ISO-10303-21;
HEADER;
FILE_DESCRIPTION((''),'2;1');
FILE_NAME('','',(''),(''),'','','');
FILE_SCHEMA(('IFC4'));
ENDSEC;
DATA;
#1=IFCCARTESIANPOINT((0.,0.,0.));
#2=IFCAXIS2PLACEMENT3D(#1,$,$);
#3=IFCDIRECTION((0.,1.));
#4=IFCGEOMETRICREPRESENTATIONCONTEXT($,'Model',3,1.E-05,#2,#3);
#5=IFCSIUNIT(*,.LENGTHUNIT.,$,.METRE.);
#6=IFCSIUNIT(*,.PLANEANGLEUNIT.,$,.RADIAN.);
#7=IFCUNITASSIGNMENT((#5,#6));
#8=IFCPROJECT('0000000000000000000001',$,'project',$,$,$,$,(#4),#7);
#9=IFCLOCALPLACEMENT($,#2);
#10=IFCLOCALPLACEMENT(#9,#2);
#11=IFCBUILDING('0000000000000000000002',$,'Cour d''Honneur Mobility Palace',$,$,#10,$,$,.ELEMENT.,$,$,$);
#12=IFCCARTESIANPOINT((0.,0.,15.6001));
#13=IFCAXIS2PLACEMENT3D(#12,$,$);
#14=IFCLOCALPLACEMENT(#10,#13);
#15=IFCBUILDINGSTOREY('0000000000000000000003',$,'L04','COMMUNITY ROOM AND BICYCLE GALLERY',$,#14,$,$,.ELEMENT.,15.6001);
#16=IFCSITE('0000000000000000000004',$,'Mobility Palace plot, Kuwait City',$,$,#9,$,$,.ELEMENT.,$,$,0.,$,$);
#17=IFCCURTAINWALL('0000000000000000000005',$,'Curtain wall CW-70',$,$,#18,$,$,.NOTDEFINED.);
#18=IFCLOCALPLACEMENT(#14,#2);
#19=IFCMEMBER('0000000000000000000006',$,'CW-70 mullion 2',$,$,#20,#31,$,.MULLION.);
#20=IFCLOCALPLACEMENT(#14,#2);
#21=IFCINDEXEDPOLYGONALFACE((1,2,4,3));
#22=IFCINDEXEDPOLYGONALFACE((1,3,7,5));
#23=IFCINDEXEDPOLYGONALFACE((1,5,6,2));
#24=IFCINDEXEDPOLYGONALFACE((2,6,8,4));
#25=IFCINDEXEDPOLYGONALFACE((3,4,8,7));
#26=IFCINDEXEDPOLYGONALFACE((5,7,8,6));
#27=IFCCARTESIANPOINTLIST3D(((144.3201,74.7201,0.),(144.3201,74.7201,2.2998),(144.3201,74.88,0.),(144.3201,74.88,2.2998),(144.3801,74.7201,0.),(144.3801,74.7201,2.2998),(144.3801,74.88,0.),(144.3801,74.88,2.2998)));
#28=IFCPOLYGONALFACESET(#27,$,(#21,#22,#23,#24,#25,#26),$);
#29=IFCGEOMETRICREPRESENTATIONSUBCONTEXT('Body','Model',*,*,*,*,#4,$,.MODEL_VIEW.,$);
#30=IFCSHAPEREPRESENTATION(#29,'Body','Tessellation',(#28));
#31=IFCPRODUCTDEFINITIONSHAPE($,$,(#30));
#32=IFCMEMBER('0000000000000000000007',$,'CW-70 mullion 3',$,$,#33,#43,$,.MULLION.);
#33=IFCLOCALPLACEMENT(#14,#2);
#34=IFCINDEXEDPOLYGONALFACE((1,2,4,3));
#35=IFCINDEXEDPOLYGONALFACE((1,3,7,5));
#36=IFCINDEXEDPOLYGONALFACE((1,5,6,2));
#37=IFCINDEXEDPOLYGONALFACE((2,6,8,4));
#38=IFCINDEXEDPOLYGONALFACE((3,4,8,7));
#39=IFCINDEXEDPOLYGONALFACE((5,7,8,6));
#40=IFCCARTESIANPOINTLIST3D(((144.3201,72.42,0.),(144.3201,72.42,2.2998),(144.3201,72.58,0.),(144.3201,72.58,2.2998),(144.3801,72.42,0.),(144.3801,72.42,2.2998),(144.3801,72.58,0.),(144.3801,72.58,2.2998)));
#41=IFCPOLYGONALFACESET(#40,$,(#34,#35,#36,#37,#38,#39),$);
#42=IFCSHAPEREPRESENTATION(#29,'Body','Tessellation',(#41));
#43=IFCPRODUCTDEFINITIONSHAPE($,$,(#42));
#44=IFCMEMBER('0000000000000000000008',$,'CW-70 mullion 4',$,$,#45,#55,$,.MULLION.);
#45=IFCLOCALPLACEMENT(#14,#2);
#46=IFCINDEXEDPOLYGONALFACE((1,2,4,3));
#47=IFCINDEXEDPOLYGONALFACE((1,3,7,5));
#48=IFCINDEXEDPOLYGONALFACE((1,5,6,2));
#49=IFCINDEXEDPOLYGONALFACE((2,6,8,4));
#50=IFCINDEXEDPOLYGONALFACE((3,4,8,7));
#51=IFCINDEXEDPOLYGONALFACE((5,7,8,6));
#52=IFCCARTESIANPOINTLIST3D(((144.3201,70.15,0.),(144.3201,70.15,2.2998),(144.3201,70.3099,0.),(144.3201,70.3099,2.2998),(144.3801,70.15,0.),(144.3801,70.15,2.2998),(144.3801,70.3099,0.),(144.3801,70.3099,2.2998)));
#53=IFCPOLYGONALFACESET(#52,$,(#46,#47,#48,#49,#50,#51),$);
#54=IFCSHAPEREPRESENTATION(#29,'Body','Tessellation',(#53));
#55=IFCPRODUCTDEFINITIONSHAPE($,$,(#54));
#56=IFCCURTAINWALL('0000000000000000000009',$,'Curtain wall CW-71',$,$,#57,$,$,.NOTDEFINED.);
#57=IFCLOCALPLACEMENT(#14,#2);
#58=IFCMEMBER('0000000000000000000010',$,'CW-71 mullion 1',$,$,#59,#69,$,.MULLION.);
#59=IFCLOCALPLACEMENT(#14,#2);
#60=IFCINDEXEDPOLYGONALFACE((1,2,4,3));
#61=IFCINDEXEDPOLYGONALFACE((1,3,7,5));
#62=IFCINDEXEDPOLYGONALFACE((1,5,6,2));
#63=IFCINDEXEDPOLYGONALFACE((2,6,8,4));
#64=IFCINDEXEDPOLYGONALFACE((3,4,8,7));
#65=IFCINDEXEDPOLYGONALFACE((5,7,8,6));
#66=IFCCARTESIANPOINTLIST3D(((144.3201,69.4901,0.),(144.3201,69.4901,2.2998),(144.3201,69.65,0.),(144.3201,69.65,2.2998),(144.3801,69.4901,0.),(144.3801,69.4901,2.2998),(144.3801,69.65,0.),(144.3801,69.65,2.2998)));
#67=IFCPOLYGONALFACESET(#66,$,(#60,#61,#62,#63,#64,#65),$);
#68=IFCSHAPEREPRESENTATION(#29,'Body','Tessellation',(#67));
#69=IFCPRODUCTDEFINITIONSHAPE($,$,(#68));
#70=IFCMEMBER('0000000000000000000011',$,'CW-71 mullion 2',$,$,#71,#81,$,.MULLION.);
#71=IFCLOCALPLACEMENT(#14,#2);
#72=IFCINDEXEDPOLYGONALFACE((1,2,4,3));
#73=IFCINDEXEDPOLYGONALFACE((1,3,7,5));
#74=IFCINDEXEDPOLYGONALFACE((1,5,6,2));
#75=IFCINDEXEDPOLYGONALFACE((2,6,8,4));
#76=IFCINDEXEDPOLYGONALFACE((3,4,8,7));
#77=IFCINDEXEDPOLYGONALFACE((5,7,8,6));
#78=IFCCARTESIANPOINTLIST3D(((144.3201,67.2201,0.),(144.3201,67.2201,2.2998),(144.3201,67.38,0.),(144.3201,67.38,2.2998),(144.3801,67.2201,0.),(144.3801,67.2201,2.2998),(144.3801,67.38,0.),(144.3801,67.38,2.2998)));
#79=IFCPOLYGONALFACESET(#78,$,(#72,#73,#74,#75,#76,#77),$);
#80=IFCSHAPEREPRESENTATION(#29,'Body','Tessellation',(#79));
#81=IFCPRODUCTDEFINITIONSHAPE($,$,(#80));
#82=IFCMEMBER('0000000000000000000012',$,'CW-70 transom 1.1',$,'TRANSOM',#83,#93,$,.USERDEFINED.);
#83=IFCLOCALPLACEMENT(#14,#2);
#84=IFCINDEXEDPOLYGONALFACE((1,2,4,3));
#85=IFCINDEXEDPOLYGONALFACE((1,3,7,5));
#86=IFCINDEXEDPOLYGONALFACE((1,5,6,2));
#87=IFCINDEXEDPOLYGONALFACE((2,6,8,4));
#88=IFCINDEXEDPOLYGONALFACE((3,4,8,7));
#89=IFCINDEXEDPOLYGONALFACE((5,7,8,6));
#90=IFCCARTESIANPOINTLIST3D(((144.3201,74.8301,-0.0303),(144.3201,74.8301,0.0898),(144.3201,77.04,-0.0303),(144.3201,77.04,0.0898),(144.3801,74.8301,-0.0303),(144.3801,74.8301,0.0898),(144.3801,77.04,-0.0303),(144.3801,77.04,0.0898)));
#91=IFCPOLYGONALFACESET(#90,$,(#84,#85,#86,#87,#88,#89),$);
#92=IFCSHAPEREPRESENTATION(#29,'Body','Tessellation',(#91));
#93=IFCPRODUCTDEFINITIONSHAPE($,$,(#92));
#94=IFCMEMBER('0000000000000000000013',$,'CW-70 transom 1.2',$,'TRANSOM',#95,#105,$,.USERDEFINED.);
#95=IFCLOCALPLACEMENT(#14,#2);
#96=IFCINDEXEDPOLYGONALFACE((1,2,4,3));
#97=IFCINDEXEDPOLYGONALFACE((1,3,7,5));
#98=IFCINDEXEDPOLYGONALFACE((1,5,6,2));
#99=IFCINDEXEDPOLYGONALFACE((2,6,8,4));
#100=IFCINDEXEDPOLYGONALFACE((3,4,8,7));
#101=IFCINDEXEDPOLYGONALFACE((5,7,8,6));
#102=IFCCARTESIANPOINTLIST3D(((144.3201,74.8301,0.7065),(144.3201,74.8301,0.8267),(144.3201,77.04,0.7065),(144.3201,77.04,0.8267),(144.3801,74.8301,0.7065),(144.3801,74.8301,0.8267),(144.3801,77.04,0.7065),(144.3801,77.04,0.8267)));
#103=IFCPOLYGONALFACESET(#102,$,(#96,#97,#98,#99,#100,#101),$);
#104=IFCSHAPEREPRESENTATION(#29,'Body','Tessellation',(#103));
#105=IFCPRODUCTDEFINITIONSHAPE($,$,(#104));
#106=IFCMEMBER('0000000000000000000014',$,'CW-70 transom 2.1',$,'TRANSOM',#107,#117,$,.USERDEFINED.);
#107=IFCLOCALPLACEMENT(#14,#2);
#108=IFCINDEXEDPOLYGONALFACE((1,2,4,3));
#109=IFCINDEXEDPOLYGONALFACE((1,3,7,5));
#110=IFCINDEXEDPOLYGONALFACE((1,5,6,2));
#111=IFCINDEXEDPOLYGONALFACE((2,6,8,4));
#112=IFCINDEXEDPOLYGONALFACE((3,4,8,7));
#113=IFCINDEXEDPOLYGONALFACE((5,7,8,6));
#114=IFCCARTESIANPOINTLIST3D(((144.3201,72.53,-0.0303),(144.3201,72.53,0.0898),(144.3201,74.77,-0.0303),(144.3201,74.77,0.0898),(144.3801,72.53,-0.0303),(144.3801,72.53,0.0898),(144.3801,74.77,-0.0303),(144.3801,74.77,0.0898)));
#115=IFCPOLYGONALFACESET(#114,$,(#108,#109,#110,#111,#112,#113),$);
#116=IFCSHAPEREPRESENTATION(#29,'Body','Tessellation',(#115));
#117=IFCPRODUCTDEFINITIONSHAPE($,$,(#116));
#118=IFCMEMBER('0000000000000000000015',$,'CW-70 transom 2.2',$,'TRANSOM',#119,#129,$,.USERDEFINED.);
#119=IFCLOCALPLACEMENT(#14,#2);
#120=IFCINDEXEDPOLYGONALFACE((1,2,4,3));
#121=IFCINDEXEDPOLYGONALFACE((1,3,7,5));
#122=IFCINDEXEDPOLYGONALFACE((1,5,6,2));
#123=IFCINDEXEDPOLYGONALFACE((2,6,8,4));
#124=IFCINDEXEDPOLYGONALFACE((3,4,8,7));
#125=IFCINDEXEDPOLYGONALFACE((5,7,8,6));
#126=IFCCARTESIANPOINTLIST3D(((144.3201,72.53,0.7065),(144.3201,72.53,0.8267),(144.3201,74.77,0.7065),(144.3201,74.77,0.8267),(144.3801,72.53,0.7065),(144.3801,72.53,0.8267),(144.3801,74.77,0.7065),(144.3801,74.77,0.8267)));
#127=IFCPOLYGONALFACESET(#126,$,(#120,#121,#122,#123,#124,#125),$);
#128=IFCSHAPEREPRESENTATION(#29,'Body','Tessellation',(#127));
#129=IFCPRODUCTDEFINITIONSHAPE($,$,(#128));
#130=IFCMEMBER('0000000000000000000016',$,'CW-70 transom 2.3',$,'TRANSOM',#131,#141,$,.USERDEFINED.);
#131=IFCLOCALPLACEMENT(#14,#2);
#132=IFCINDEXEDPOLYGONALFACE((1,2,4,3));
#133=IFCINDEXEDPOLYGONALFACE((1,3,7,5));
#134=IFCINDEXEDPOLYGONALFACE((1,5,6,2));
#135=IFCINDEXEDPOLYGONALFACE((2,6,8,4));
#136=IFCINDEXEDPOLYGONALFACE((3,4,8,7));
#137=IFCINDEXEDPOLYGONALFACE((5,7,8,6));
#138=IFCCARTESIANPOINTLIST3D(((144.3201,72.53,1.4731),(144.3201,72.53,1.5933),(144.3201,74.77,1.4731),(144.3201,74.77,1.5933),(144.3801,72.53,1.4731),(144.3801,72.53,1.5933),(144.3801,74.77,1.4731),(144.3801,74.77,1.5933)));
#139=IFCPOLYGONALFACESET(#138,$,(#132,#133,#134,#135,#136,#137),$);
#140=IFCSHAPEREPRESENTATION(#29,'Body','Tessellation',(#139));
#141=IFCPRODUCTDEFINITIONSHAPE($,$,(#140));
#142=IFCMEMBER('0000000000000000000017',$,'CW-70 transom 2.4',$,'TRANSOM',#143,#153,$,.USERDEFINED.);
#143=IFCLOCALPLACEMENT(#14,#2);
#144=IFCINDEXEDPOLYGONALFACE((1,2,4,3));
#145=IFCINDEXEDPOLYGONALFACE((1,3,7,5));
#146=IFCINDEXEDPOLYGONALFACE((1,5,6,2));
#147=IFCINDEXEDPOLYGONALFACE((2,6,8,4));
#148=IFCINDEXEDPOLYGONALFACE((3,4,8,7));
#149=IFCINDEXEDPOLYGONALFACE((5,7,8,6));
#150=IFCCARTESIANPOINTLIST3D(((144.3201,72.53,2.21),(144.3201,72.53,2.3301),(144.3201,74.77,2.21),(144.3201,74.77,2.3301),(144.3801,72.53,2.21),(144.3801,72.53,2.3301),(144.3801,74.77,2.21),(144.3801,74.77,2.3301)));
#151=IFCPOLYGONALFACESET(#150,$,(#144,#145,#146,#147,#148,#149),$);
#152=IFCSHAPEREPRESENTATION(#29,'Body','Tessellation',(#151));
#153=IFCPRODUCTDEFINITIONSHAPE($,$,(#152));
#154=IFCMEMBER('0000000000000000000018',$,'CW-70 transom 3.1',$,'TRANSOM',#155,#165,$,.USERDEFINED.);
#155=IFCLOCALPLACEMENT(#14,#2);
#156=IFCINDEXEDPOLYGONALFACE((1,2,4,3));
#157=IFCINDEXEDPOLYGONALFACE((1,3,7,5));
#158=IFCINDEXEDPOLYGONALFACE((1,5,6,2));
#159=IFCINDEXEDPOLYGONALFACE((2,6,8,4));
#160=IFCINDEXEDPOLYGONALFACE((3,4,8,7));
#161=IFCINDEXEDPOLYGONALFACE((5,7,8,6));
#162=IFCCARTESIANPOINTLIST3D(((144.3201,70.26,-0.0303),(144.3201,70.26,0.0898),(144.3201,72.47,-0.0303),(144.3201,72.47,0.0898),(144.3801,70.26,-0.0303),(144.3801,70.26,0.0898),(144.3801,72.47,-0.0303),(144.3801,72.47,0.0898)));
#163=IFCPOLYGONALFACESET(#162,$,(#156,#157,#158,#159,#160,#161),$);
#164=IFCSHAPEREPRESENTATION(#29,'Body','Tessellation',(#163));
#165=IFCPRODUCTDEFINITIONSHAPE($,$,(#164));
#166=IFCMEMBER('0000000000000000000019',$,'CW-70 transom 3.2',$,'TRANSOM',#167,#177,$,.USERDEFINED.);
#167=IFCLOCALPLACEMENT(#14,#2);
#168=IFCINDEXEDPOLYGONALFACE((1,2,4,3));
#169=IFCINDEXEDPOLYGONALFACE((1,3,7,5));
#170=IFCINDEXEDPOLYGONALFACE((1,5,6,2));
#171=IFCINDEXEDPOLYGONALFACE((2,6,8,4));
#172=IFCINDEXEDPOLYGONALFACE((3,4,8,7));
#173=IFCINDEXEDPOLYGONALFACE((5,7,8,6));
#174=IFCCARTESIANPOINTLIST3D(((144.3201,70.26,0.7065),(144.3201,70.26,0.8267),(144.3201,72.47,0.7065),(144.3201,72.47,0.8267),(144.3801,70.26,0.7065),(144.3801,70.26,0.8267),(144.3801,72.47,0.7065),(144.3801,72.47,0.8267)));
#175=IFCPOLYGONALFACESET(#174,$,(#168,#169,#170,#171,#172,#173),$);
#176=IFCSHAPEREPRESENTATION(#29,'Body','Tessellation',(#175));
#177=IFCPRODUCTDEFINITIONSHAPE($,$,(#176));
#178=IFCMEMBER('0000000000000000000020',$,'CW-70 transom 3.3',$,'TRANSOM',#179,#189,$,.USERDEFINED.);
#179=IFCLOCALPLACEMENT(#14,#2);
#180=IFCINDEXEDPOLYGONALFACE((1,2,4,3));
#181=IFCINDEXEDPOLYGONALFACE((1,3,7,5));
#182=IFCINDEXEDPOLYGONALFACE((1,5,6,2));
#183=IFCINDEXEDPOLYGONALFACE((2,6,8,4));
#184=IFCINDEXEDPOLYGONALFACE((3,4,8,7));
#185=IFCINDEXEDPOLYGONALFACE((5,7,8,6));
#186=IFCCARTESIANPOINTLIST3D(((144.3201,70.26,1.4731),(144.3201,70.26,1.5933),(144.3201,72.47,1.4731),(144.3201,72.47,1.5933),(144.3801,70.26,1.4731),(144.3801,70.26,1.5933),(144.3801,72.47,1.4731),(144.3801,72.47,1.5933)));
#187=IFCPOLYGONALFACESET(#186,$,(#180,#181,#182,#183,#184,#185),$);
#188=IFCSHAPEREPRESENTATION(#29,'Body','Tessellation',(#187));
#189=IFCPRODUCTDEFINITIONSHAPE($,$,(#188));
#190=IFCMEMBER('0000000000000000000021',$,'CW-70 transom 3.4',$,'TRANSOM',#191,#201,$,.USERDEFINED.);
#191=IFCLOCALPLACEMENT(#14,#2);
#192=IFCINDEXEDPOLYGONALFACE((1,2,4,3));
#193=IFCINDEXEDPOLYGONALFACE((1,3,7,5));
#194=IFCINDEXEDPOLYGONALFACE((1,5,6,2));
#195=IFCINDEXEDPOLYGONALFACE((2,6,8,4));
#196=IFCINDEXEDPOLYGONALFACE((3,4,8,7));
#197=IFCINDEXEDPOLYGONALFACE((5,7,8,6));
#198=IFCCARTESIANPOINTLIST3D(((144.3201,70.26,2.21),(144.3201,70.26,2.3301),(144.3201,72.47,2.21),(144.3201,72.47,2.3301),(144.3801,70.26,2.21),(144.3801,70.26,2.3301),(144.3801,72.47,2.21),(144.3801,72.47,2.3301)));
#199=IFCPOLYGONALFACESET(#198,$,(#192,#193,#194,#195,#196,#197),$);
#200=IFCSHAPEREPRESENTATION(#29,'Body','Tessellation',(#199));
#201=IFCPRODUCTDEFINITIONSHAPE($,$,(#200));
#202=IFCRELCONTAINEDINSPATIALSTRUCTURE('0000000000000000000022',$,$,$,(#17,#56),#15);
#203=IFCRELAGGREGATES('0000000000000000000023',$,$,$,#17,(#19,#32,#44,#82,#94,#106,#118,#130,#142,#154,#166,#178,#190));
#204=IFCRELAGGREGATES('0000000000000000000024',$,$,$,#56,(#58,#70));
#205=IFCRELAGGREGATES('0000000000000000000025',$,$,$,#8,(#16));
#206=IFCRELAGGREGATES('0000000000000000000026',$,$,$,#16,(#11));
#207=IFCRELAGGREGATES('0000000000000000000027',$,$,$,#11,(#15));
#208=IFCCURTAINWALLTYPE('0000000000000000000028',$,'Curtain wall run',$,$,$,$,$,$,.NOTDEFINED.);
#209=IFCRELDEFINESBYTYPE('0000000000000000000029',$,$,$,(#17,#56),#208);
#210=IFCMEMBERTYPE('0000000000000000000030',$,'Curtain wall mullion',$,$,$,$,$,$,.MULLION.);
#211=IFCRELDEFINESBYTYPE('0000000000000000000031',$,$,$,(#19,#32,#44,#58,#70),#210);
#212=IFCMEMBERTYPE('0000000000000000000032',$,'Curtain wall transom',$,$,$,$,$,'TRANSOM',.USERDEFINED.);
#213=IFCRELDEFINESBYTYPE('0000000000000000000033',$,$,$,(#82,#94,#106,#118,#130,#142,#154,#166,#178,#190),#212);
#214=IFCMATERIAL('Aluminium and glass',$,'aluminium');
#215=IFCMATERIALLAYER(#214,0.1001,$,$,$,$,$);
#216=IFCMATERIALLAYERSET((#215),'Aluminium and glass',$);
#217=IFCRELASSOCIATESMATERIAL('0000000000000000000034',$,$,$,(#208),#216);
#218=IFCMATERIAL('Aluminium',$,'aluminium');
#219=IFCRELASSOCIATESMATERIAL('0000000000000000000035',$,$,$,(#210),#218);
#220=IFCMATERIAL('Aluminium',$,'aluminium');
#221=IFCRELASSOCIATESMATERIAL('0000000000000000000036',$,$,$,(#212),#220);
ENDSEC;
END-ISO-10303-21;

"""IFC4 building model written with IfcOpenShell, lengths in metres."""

from ifc_helpers import new_model, si_unit, direction, frame, origin, origin_2d, place, context, subcontext, project, spatial, rectangle, extrude, material, layer, layer_set, material_profile, profile_set, type_object, element, aggregate, save


model = new_model("IFC4")

# Units and contexts
model_context = context("Model", 3, precision=1e-05, world=origin(), true_north=direction((0.0, 1.0)))
body_context = subcontext(model_context, "Body", "Model", "MODEL_VIEW")
ifc_project = project(units=[si_unit("LENGTHUNIT", "METRE"), si_unit("PLANEANGLEUNIT", "RADIAN")], contexts=[model_context])

# Site, building, storey
site_placement = place(None, origin())
site = spatial("IfcSite", under=ifc_project, at=site_placement, Name="Mobility Palace plot, Kuwait City", CompositionType="ELEMENT", RefElevation=0.0)
building_placement = place(site_placement, origin())
building = spatial("IfcBuilding", under=site, at=building_placement, Name="Cour d'Honneur Mobility Palace", CompositionType="ELEMENT")
storey_placement = place(building_placement, frame((0.0, 0.0, 15.6001)))
storey = spatial("IfcBuildingStorey", under=building, at=storey_placement, Name="L04", Description="COMMUNITY ROOM AND BICYCLE GALLERY", CompositionType="ELEMENT", Elevation=15.6001)

# Curtain walls, members
ifc_material_1 = material(Name="Aluminium and glass", Category="aluminium")
ifc_layer_1 = layer(ifc_material_1, 0.1001)
ifc_layer_set_1 = layer_set([ifc_layer_1], Name="Aluminium and glass")
curtain_wall_type = type_object("IfcCurtainWallType", Name="Curtain wall run", PredefinedType="NOTDEFINED", material=ifc_layer_set_1)
curtain_wall_1_placement = place(storey_placement, origin())
curtain_wall_1 = element("IfcCurtainWall", 1, at=curtain_wall_1_placement, inside=storey, type_object=curtain_wall_type, Name="Curtain wall CW-70", PredefinedType="NOTDEFINED")
ifc_material_2 = material(Name="Aluminium", Category="aluminium")
ifc_material_profile_1 = material_profile(ifc_material_2, rectangle(XDim=0.0601, YDim=0.1599, at=origin_2d()), Name="Curtain wall mullion")
ifc_profile_set_1 = profile_set([ifc_material_profile_1], Name="Aluminium")
member_type_1 = type_object("IfcMemberType", Name="Curtain wall mullion", PredefinedType="MULLION", material=ifc_profile_set_1)
member_1_placement = place(storey_placement, frame((144.3501, 74.8, 0.0), z_axis=(0.0, 0.0, 1.0), x_axis=(1.0, 0.0, 0.0)))
member_1 = element("IfcMember", 2, at=member_1_placement, type_object=member_type_1, Name="CW-70 mullion 2", PredefinedType="MULLION", context=body_context, shape_type="SweptSolid", body=[
    extrude(rectangle(XDim=0.0601, YDim=0.1599, at=origin_2d()), origin(), (0.0, 0.0, 1.0), 2.2998),
])
member_2_placement = place(storey_placement, frame((144.3501, 72.5, 0.0), z_axis=(0.0, 0.0, 1.0), x_axis=(1.0, 0.0, 0.0)))
member_2 = element("IfcMember", 3, at=member_2_placement, type_object=member_type_1, Name="CW-70 mullion 3", PredefinedType="MULLION", context=body_context, shape_type="SweptSolid", body=[
    extrude(rectangle(XDim=0.0601, YDim=0.1599, at=origin_2d()), origin(), (0.0, 0.0, 1.0), 2.2998),
])
member_3_placement = place(storey_placement, frame((144.3501, 70.23, 0.0), z_axis=(0.0, 0.0, 1.0), x_axis=(1.0, 0.0, 0.0)))
member_3 = element("IfcMember", 4, at=member_3_placement, type_object=member_type_1, Name="CW-70 mullion 4", PredefinedType="MULLION", context=body_context, shape_type="SweptSolid", body=[
    extrude(rectangle(XDim=0.0601, YDim=0.1599, at=origin_2d()), origin(), (0.0, 0.0, 1.0), 2.2998),
])
curtain_wall_2_placement = place(storey_placement, origin())
curtain_wall_2 = element("IfcCurtainWall", 5, at=curtain_wall_2_placement, inside=storey, type_object=curtain_wall_type, Name="Curtain wall CW-71", PredefinedType="NOTDEFINED")
member_4_placement = place(storey_placement, frame((144.3501, 69.5701, 0.0), z_axis=(0.0, 0.0, 1.0), x_axis=(1.0, 0.0, 0.0)))
member_4 = element("IfcMember", 6, at=member_4_placement, type_object=member_type_1, Name="CW-71 mullion 1", PredefinedType="MULLION", context=body_context, shape_type="SweptSolid", body=[
    extrude(rectangle(XDim=0.0601, YDim=0.1599, at=origin_2d()), origin(), (0.0, 0.0, 1.0), 2.2998),
])
member_5_placement = place(storey_placement, frame((144.3501, 67.3, 0.0), z_axis=(0.0, 0.0, 1.0), x_axis=(1.0, 0.0, 0.0)))
member_5 = element("IfcMember", 7, at=member_5_placement, type_object=member_type_1, Name="CW-71 mullion 2", PredefinedType="MULLION", context=body_context, shape_type="SweptSolid", body=[
    extrude(rectangle(XDim=0.0601, YDim=0.1599, at=origin_2d()), origin(), (0.0, 0.0, 1.0), 2.2998),
])

# Members
ifc_material_3 = material(Name="Aluminium", Category="aluminium")
ifc_material_profile_2 = material_profile(ifc_material_3, rectangle(XDim=0.0601, YDim=0.1201, at=origin_2d()), Name="Curtain wall transom")
ifc_profile_set_2 = profile_set([ifc_material_profile_2], Name="Aluminium")
member_type_2 = type_object("IfcMemberType", Name="Curtain wall transom", ElementType="TRANSOM", PredefinedType="USERDEFINED", material=ifc_profile_set_2)
member_6_placement = place(storey_placement, frame((144.3501, 77.04, 0.0298), z_axis=(0.0, -1.0, 0.0), x_axis=(1.0, 0.0, 0.0)))
member_6 = element("IfcMember", 8, at=member_6_placement, type_object=member_type_2, Name="CW-70 transom 1.1", ObjectType="TRANSOM", PredefinedType="USERDEFINED", context=body_context, shape_type="SweptSolid", body=[
    extrude(rectangle(XDim=0.0601, YDim=0.1201, at=origin_2d()), origin(), (0.0, 0.0, 1.0), 2.21),
])
member_7_placement = place(storey_placement, frame((144.3501, 77.04, 0.7666), z_axis=(0.0, -1.0, 0.0), x_axis=(1.0, 0.0, 0.0)))
member_7 = element("IfcMember", 9, at=member_7_placement, type_object=member_type_2, Name="CW-70 transom 1.2", ObjectType="TRANSOM", PredefinedType="USERDEFINED", context=body_context, shape_type="SweptSolid", body=[
    extrude(rectangle(XDim=0.0601, YDim=0.1201, at=origin_2d()), origin(), (0.0, 0.0, 1.0), 2.21),
])
member_8_placement = place(storey_placement, frame((144.3501, 74.77, 0.0298), z_axis=(0.0, -1.0, 0.0), x_axis=(1.0, 0.0, 0.0)))
member_8 = element("IfcMember", 10, at=member_8_placement, type_object=member_type_2, Name="CW-70 transom 2.1", ObjectType="TRANSOM", PredefinedType="USERDEFINED", context=body_context, shape_type="SweptSolid", body=[
    extrude(rectangle(XDim=0.0601, YDim=0.1201, at=origin_2d()), origin(), (0.0, 0.0, 1.0), 2.24),
])
member_9_placement = place(storey_placement, frame((144.3501, 74.77, 0.7666), z_axis=(0.0, -1.0, 0.0), x_axis=(1.0, 0.0, 0.0)))
member_9 = element("IfcMember", 11, at=member_9_placement, type_object=member_type_2, Name="CW-70 transom 2.2", ObjectType="TRANSOM", PredefinedType="USERDEFINED", context=body_context, shape_type="SweptSolid", body=[
    extrude(rectangle(XDim=0.0601, YDim=0.1201, at=origin_2d()), origin(), (0.0, 0.0, 1.0), 2.24),
])
member_10_placement = place(storey_placement, frame((144.3501, 74.77, 1.5332), z_axis=(0.0, -1.0, 0.0), x_axis=(1.0, 0.0, 0.0)))
member_10 = element("IfcMember", 12, at=member_10_placement, type_object=member_type_2, Name="CW-70 transom 2.3", ObjectType="TRANSOM", PredefinedType="USERDEFINED", context=body_context, shape_type="SweptSolid", body=[
    extrude(rectangle(XDim=0.0601, YDim=0.1201, at=origin_2d()), origin(), (0.0, 0.0, 1.0), 2.24),
])
member_11_placement = place(storey_placement, frame((144.3501, 74.77, 2.27), z_axis=(0.0, -1.0, 0.0), x_axis=(1.0, 0.0, 0.0)))
member_11 = element("IfcMember", 13, at=member_11_placement, type_object=member_type_2, Name="CW-70 transom 2.4", ObjectType="TRANSOM", PredefinedType="USERDEFINED", context=body_context, shape_type="SweptSolid", body=[
    extrude(rectangle(XDim=0.0601, YDim=0.1201, at=origin_2d()), origin(), (0.0, 0.0, 1.0), 2.24),
])
member_12_placement = place(storey_placement, frame((144.3501, 72.47, 0.0298), z_axis=(0.0, -1.0, 0.0), x_axis=(1.0, 0.0, 0.0)))
member_12 = element("IfcMember", 14, at=member_12_placement, type_object=member_type_2, Name="CW-70 transom 3.1", ObjectType="TRANSOM", PredefinedType="USERDEFINED", context=body_context, shape_type="SweptSolid", body=[
    extrude(rectangle(XDim=0.0601, YDim=0.1201, at=origin_2d()), origin(), (0.0, 0.0, 1.0), 2.21),
])
member_13_placement = place(storey_placement, frame((144.3501, 72.47, 0.7666), z_axis=(0.0, -1.0, 0.0), x_axis=(1.0, 0.0, 0.0)))
member_13 = element("IfcMember", 15, at=member_13_placement, type_object=member_type_2, Name="CW-70 transom 3.2", ObjectType="TRANSOM", PredefinedType="USERDEFINED", context=body_context, shape_type="SweptSolid", body=[
    extrude(rectangle(XDim=0.0601, YDim=0.1201, at=origin_2d()), origin(), (0.0, 0.0, 1.0), 2.21),
])
member_14_placement = place(storey_placement, frame((144.3501, 72.47, 1.5332), z_axis=(0.0, -1.0, 0.0), x_axis=(1.0, 0.0, 0.0)))
member_14 = element("IfcMember", 16, at=member_14_placement, type_object=member_type_2, Name="CW-70 transom 3.3", ObjectType="TRANSOM", PredefinedType="USERDEFINED", context=body_context, shape_type="SweptSolid", body=[
    extrude(rectangle(XDim=0.0601, YDim=0.1201, at=origin_2d()), origin(), (0.0, 0.0, 1.0), 2.21),
])
member_15_placement = place(storey_placement, frame((144.3501, 72.47, 2.27), z_axis=(0.0, -1.0, 0.0), x_axis=(1.0, 0.0, 0.0)))
member_15 = element("IfcMember", 17, at=member_15_placement, type_object=member_type_2, Name="CW-70 transom 3.4", ObjectType="TRANSOM", PredefinedType="USERDEFINED", context=body_context, shape_type="SweptSolid", body=[
    extrude(rectangle(XDim=0.0601, YDim=0.1201, at=origin_2d()), origin(), (0.0, 0.0, 1.0), 2.21),
])

aggregate(curtain_wall_1, [member_1, member_2, member_3, member_6, member_7, member_8, member_9, member_10, member_11, member_12, member_13, member_14, member_15])
aggregate(curtain_wall_2, [member_4, member_5])

save(model, "model.ifc")
